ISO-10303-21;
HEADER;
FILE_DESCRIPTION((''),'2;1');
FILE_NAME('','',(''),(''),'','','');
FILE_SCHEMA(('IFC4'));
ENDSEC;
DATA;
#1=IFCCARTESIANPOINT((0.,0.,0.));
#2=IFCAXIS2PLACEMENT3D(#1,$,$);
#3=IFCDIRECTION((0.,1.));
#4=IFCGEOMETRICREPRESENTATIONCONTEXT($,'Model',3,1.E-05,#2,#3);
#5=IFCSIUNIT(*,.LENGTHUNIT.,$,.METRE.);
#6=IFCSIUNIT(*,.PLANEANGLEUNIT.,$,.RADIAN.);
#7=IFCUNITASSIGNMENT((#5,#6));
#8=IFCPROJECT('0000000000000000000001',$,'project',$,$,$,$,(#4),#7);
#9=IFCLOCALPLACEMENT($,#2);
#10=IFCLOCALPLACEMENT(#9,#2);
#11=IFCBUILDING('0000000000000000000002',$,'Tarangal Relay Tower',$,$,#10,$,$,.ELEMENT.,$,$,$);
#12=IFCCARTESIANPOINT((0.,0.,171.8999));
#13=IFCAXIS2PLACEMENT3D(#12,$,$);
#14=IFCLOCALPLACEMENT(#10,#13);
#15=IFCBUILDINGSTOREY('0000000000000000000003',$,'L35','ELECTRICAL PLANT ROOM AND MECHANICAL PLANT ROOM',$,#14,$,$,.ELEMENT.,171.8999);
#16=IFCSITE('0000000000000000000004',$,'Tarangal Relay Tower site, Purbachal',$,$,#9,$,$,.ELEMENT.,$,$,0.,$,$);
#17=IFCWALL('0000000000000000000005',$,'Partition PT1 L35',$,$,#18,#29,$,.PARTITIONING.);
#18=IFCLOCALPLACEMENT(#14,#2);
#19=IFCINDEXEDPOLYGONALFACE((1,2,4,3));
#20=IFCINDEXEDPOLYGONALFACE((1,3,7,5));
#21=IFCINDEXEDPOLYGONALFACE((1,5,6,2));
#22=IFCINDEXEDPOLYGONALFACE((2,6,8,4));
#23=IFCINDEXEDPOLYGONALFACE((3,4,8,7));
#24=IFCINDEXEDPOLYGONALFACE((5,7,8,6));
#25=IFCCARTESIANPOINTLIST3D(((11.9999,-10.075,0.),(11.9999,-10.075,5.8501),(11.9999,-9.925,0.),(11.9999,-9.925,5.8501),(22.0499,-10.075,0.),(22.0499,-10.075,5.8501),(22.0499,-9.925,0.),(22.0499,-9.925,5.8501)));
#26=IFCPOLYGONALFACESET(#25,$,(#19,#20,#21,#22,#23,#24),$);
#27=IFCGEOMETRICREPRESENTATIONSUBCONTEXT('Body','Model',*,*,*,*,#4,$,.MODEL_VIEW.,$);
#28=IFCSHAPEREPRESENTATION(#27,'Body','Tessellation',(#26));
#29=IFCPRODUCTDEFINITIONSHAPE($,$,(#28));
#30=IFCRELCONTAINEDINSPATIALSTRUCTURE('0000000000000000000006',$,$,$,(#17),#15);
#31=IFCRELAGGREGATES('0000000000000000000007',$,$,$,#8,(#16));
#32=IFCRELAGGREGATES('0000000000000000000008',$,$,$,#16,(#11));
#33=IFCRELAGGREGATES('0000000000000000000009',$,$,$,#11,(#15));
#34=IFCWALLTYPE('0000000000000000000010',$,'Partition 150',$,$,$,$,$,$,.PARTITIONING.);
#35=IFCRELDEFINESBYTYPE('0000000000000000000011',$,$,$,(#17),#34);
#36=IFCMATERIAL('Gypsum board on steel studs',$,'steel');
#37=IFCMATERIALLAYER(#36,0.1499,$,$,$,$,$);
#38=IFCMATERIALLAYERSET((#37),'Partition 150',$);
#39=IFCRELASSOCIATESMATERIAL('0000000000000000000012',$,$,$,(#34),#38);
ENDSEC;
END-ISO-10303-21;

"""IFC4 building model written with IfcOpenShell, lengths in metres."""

from ifc_helpers import new_model, si_unit, direction, frame, frame_2d, origin, place, context, subcontext, project, spatial, rectangle, extrude, material, layer, layer_set, type_object, element, save


model = new_model("IFC4")

# Units and contexts
model_context = context("Model", 3, precision=1e-05, world=origin(), true_north=direction((0.0, 1.0)))
body_context = subcontext(model_context, "Body", "Model", "MODEL_VIEW")
ifc_project = project(units=[si_unit("LENGTHUNIT", "METRE"), si_unit("PLANEANGLEUNIT", "RADIAN")], contexts=[model_context])

# Site, building, storey
site_placement = place(None, origin())
site = spatial("IfcSite", under=ifc_project, at=site_placement, Name="Tarangal Relay Tower site, Purbachal", CompositionType="ELEMENT", RefElevation=0.0)
building_placement = place(site_placement, origin())
building = spatial("IfcBuilding", under=site, at=building_placement, Name="Tarangal Relay Tower", CompositionType="ELEMENT")
storey_placement = place(building_placement, frame((0.0, 0.0, 171.8999)))
storey = spatial("IfcBuildingStorey", under=building, at=storey_placement, Name="L35", Description="ELECTRICAL PLANT ROOM AND MECHANICAL PLANT ROOM", CompositionType="ELEMENT", Elevation=171.8999)

# Wall
ifc_material_1 = material(Name="Gypsum board on steel studs", Category="steel")
ifc_layer_1 = layer(ifc_material_1, 0.1499)
ifc_layer_set_1 = layer_set([ifc_layer_1], Name="Partition 150")
wall_type_1 = type_object("IfcWallType", Name="Partition 150", PredefinedType="PARTITIONING", material=ifc_layer_set_1)
wall_1_placement = place(storey_placement, frame((12.0, -10.0, 0.0), z_axis=(0.0, 0.0, 1.0), x_axis=(1.0, 0.0, 0.0)))
element("IfcWall", 1, at=wall_1_placement, inside=storey, type_object=wall_type_1, Name="Partition PT1 L35", PredefinedType="PARTITIONING", context=body_context, shape_type="SweptSolid", body=[
    extrude(rectangle(XDim=10.05, YDim=0.1499, at=frame_2d((5.0249, 0.0))), origin(), (0.0, 0.0, 1.0), 5.8501),
])

save(model, "model.ifc")
